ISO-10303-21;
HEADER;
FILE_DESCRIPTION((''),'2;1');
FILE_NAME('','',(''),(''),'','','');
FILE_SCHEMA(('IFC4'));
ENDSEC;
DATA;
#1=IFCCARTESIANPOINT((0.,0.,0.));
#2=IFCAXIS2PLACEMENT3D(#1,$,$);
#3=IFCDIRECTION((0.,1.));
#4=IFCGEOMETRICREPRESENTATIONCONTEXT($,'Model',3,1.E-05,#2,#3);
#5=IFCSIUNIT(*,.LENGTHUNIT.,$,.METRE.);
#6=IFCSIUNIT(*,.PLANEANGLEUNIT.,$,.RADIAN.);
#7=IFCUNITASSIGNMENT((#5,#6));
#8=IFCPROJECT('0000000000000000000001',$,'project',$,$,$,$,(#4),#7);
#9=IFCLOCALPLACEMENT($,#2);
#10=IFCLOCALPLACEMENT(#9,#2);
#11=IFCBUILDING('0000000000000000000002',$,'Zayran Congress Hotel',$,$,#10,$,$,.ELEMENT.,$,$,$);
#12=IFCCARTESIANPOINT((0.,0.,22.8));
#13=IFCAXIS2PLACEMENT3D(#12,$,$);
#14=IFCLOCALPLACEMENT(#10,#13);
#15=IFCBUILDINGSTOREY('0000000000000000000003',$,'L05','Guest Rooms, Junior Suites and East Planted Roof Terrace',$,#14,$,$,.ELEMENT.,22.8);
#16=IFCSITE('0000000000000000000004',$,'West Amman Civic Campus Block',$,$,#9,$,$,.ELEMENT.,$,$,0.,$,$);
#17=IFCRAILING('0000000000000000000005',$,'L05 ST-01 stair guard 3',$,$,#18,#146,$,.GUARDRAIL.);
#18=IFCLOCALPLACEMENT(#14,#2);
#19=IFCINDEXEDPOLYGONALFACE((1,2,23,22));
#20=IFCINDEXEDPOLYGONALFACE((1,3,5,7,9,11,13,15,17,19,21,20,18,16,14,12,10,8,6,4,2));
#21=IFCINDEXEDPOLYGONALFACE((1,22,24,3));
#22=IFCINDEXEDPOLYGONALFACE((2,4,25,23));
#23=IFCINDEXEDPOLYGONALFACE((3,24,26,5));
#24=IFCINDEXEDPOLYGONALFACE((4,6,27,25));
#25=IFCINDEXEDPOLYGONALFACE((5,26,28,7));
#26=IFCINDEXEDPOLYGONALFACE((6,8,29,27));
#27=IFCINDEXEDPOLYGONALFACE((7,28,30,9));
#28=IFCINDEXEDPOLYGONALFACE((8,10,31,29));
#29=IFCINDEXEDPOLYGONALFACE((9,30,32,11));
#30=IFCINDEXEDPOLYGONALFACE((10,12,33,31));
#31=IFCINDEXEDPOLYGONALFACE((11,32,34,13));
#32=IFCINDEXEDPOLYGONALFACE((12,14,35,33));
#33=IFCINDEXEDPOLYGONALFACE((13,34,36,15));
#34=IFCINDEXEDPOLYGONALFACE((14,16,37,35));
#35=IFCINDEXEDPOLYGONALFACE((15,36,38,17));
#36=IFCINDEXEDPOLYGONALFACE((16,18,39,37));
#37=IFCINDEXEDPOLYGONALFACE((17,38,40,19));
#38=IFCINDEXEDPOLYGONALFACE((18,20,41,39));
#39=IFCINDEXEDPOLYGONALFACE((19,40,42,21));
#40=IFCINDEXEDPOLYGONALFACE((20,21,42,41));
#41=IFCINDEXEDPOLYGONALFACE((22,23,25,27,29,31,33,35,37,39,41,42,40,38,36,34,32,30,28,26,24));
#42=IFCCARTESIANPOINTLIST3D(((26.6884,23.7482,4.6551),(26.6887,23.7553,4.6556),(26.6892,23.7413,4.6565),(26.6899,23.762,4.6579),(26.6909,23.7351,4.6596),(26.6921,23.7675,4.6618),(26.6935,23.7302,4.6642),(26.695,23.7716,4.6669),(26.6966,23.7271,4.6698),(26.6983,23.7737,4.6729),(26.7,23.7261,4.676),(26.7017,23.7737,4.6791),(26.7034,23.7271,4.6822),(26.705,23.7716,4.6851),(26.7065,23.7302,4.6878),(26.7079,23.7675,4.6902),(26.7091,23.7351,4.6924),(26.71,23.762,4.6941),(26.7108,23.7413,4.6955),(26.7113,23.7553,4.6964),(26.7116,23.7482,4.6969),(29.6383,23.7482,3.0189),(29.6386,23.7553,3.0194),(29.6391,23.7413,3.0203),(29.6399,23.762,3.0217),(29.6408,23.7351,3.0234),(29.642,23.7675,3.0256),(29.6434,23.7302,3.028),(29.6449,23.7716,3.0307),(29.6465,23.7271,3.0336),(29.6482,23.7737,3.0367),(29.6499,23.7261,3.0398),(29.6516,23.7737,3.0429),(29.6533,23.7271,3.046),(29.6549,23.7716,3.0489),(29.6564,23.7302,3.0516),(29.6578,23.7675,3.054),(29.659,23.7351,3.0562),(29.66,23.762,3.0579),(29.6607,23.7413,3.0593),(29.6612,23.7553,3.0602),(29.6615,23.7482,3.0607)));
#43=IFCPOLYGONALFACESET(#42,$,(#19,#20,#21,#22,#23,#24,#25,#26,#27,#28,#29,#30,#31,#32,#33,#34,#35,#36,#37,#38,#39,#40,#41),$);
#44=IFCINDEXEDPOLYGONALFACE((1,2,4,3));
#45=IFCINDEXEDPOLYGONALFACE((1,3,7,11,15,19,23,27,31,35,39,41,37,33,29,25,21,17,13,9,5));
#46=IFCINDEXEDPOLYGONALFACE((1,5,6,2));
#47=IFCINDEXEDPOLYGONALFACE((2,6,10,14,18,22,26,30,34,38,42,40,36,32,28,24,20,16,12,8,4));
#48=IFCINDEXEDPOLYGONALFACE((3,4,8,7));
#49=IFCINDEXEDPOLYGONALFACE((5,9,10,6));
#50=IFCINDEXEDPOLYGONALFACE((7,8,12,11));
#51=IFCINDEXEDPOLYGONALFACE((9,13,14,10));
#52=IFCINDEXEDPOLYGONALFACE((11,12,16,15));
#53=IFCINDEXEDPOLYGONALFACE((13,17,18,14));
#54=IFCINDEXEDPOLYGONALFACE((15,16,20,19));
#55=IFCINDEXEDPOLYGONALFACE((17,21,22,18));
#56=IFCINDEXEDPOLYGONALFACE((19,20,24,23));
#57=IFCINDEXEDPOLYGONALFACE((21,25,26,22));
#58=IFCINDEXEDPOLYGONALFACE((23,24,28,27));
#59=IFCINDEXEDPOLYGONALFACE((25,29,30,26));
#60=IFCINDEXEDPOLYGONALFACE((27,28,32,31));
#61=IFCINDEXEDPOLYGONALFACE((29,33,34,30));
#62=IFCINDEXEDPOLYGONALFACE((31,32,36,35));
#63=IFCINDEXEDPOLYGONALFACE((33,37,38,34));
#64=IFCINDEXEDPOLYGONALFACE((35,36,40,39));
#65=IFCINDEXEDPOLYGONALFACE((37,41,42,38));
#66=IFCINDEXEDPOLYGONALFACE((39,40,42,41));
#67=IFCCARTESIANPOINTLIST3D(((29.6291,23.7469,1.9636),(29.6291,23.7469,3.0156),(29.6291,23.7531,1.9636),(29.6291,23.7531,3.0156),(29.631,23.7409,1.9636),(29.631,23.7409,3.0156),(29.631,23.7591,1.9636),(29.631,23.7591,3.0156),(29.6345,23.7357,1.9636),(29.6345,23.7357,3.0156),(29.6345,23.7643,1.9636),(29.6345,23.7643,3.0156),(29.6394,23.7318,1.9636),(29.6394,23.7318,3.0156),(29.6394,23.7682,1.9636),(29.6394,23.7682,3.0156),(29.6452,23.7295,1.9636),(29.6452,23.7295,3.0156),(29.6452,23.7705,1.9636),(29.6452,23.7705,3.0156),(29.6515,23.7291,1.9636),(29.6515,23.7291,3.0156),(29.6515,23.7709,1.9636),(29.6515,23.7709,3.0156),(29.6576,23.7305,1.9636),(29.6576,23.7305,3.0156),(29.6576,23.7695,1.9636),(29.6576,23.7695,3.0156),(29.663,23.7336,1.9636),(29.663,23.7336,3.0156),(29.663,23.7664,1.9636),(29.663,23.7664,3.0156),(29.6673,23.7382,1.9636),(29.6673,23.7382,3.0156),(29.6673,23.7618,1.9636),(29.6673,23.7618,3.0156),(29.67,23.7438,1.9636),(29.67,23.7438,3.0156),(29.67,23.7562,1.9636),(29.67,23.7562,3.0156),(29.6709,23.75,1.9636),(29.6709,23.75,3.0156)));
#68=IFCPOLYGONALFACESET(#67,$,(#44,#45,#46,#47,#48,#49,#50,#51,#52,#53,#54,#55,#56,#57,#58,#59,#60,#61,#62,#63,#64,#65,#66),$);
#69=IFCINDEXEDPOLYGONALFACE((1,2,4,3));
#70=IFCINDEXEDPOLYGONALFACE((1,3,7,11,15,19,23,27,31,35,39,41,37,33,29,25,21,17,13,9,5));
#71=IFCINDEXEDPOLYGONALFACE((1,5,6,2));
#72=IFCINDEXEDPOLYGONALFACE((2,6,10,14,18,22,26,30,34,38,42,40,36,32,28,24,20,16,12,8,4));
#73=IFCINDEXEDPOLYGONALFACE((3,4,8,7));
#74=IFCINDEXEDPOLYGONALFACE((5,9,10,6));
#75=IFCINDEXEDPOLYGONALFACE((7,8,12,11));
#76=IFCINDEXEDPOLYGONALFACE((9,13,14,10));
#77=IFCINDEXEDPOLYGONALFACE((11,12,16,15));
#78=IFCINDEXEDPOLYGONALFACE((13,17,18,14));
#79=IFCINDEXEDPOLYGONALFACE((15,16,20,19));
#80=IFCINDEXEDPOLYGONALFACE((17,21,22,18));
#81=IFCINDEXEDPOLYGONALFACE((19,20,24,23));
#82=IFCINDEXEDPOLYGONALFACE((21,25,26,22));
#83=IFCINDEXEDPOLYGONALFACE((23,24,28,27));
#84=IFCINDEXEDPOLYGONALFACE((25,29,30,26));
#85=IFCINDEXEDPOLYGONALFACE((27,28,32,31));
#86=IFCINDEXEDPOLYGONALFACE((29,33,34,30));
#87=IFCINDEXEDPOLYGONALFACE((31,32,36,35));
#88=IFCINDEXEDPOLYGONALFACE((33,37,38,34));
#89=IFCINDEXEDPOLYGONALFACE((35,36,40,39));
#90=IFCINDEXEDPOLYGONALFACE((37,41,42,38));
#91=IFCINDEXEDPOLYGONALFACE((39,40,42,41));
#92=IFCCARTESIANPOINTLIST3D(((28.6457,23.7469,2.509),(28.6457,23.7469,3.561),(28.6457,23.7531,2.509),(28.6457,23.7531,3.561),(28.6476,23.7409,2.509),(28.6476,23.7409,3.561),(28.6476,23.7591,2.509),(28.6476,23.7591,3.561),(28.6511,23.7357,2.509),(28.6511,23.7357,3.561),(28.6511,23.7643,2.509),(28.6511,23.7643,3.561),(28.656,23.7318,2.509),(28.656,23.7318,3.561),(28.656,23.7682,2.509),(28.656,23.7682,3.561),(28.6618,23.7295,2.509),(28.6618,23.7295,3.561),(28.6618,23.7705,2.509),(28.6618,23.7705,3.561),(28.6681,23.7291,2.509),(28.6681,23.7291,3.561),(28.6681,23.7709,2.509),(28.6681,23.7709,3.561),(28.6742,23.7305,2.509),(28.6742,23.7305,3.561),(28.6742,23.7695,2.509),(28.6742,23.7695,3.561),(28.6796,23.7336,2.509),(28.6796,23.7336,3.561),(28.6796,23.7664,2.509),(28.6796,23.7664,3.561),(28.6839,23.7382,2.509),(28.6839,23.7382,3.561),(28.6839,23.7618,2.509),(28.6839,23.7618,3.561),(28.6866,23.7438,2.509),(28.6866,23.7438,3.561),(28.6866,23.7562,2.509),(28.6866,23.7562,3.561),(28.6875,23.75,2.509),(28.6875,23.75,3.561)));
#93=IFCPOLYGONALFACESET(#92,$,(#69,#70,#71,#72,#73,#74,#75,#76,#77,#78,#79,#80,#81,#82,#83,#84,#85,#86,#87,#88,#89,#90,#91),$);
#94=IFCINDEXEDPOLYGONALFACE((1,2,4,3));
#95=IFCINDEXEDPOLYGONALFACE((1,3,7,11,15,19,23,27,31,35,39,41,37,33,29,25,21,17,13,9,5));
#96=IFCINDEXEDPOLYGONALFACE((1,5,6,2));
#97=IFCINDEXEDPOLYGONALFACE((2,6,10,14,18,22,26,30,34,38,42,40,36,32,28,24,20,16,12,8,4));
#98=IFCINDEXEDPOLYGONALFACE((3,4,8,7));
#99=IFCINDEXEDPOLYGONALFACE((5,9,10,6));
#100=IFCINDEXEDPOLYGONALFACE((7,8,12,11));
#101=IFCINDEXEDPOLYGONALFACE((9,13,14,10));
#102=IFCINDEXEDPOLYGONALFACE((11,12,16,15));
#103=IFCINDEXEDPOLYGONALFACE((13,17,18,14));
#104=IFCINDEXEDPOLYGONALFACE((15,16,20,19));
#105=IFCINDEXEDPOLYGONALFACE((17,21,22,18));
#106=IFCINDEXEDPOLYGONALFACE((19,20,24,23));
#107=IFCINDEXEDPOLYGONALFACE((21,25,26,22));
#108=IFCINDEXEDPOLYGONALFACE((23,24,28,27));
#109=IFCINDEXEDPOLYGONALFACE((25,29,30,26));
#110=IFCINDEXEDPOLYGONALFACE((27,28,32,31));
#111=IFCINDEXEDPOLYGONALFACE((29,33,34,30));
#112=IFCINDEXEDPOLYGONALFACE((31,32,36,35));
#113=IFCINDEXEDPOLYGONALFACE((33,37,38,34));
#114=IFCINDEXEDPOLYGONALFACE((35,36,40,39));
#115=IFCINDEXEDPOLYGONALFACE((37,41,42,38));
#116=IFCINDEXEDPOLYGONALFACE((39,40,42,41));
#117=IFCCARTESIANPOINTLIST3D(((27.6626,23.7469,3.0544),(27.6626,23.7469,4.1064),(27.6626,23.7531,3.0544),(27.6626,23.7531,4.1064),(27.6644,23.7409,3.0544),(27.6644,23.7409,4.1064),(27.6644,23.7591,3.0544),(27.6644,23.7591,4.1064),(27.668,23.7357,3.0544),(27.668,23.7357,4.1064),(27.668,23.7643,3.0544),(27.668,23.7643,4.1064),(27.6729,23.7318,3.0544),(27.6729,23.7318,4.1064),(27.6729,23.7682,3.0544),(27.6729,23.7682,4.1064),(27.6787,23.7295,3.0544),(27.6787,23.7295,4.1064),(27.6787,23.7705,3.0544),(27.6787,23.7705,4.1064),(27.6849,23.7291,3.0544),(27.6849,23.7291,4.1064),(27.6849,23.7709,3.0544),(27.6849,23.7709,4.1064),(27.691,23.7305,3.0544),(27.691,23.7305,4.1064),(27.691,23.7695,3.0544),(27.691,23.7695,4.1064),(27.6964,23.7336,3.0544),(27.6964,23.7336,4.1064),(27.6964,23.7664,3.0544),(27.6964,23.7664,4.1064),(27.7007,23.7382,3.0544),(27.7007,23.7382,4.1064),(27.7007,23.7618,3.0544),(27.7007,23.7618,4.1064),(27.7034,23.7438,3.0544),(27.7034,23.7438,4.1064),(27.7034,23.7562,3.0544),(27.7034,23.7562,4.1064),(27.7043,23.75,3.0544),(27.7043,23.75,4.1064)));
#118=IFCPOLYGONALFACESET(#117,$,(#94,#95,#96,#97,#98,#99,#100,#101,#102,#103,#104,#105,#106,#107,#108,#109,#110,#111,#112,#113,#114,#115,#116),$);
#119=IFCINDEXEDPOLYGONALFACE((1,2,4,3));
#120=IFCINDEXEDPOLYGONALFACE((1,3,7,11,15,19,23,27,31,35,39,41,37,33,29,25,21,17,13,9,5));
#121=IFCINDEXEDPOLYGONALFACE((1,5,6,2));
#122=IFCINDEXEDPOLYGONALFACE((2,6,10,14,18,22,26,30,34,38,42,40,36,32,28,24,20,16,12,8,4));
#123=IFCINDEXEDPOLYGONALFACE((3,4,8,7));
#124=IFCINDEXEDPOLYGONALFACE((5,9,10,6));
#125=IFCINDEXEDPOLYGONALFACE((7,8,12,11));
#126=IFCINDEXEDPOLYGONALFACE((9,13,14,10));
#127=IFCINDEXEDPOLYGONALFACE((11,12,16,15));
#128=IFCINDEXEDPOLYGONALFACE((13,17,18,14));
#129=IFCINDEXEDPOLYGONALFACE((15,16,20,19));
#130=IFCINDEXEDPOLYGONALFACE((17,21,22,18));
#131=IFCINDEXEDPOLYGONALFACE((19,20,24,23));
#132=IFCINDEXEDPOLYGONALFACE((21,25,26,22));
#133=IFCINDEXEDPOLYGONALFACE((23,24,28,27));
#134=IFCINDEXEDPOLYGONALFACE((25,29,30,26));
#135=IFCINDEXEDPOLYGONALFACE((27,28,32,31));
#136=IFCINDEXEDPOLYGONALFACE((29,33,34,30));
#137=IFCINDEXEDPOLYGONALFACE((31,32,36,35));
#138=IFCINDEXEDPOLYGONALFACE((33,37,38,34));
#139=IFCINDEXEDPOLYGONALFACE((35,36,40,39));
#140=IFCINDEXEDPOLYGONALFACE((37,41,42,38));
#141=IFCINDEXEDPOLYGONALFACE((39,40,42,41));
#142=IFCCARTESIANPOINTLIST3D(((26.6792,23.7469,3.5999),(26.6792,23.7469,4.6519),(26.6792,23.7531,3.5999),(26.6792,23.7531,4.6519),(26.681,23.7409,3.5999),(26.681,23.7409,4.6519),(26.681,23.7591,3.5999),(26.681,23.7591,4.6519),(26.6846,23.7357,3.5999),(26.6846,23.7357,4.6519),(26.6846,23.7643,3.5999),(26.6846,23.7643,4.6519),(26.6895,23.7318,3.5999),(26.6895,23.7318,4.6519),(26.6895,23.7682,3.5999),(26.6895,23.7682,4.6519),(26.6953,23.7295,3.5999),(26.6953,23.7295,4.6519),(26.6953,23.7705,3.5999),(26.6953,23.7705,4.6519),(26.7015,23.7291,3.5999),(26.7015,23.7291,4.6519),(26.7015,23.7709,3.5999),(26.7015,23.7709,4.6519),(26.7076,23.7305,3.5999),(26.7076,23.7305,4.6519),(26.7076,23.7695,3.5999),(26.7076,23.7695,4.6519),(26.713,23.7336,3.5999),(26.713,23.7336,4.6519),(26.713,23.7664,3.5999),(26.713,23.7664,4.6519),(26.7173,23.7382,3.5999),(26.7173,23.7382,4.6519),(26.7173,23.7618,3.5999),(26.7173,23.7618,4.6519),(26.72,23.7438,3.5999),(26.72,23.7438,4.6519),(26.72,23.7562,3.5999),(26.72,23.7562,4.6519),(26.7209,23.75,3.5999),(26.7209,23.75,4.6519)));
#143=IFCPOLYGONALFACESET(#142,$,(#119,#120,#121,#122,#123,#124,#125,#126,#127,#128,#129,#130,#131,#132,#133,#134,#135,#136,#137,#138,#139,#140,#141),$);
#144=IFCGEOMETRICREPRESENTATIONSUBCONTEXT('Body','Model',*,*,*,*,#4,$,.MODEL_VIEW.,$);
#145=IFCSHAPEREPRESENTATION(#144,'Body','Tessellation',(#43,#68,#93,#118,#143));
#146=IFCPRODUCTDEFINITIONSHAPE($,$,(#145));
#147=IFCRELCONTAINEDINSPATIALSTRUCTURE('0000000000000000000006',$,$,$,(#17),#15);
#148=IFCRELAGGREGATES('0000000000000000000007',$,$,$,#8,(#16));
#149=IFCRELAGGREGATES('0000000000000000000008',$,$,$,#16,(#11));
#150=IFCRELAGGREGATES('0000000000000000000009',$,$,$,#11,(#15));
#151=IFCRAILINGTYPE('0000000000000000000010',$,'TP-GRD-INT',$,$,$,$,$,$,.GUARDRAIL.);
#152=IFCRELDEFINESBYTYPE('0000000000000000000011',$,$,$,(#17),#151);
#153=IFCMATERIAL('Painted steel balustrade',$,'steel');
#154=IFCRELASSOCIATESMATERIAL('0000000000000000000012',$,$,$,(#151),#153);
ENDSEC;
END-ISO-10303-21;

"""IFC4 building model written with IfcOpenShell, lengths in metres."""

from ifc_helpers import new_model, si_unit, direction, frame, origin, origin_2d, place, context, subcontext, project, spatial, circle, extrude, material, type_object, element, save


model = new_model("IFC4")

# Units and contexts
model_context = context("Model", 3, precision=1e-05, world=origin(), true_north=direction((0.0, 1.0)))
body_context = subcontext(model_context, "Body", "Model", "MODEL_VIEW")
ifc_project = project(units=[si_unit("LENGTHUNIT", "METRE"), si_unit("PLANEANGLEUNIT", "RADIAN")], contexts=[model_context])

# Site, building, storey
site_placement = place(None, origin())
site = spatial("IfcSite", under=ifc_project, at=site_placement, Name="West Amman Civic Campus Block", CompositionType="ELEMENT", RefElevation=0.0)
building_placement = place(site_placement, origin())
building = spatial("IfcBuilding", under=site, at=building_placement, Name="Zayran Congress Hotel", CompositionType="ELEMENT")
storey_placement = place(building_placement, frame((0.0, 0.0, 22.8)))
storey = spatial("IfcBuildingStorey", under=building, at=storey_placement, Name="L05", Description="Guest Rooms, Junior Suites and East Planted Roof Terrace", CompositionType="ELEMENT", Elevation=22.8)

# Railing
ifc_material_1 = material(Name="Painted steel balustrade", Category="steel")
railing_type_1 = type_object("IfcRailingType", Name="TP-GRD-INT", PredefinedType="GUARDRAIL", material=ifc_material_1)
railing_1_placement = place(storey_placement, frame((29.6499, 23.75, 1.9636)))
element("IfcRailing", 1, at=railing_1_placement, inside=storey, type_object=railing_type_1, Name="L05 ST-01 stair guard 3", PredefinedType="GUARDRAIL", context=body_context, shape_type="SweptSolid", body=[
    extrude(circle(Radius=0.0239, at=origin_2d()), frame((0.0, 0.0, 1.0762), z_axis=(-0.874488, 0.0, 0.485047), x_axis=(0.0, -1.0, 0.0)), (0.0, 0.0, 1.0), 3.3733),
    extrude(circle(Radius=0.021, at=origin_2d()), origin(), (0.0, 0.0, 1.0), 1.052),
    extrude(circle(Radius=0.021, at=origin_2d()), frame((-0.9834, 0.0, 0.5454)), (0.0, 0.0, 1.0), 1.052),
    extrude(circle(Radius=0.021, at=origin_2d()), frame((-1.9666, 0.0, 1.0908)), (0.0, 0.0, 1.0), 1.052),
    extrude(circle(Radius=0.021, at=origin_2d()), frame((-2.95, 0.0, 1.6362)), (0.0, 0.0, 1.0), 1.052),
])

save(model, "model.ifc")
